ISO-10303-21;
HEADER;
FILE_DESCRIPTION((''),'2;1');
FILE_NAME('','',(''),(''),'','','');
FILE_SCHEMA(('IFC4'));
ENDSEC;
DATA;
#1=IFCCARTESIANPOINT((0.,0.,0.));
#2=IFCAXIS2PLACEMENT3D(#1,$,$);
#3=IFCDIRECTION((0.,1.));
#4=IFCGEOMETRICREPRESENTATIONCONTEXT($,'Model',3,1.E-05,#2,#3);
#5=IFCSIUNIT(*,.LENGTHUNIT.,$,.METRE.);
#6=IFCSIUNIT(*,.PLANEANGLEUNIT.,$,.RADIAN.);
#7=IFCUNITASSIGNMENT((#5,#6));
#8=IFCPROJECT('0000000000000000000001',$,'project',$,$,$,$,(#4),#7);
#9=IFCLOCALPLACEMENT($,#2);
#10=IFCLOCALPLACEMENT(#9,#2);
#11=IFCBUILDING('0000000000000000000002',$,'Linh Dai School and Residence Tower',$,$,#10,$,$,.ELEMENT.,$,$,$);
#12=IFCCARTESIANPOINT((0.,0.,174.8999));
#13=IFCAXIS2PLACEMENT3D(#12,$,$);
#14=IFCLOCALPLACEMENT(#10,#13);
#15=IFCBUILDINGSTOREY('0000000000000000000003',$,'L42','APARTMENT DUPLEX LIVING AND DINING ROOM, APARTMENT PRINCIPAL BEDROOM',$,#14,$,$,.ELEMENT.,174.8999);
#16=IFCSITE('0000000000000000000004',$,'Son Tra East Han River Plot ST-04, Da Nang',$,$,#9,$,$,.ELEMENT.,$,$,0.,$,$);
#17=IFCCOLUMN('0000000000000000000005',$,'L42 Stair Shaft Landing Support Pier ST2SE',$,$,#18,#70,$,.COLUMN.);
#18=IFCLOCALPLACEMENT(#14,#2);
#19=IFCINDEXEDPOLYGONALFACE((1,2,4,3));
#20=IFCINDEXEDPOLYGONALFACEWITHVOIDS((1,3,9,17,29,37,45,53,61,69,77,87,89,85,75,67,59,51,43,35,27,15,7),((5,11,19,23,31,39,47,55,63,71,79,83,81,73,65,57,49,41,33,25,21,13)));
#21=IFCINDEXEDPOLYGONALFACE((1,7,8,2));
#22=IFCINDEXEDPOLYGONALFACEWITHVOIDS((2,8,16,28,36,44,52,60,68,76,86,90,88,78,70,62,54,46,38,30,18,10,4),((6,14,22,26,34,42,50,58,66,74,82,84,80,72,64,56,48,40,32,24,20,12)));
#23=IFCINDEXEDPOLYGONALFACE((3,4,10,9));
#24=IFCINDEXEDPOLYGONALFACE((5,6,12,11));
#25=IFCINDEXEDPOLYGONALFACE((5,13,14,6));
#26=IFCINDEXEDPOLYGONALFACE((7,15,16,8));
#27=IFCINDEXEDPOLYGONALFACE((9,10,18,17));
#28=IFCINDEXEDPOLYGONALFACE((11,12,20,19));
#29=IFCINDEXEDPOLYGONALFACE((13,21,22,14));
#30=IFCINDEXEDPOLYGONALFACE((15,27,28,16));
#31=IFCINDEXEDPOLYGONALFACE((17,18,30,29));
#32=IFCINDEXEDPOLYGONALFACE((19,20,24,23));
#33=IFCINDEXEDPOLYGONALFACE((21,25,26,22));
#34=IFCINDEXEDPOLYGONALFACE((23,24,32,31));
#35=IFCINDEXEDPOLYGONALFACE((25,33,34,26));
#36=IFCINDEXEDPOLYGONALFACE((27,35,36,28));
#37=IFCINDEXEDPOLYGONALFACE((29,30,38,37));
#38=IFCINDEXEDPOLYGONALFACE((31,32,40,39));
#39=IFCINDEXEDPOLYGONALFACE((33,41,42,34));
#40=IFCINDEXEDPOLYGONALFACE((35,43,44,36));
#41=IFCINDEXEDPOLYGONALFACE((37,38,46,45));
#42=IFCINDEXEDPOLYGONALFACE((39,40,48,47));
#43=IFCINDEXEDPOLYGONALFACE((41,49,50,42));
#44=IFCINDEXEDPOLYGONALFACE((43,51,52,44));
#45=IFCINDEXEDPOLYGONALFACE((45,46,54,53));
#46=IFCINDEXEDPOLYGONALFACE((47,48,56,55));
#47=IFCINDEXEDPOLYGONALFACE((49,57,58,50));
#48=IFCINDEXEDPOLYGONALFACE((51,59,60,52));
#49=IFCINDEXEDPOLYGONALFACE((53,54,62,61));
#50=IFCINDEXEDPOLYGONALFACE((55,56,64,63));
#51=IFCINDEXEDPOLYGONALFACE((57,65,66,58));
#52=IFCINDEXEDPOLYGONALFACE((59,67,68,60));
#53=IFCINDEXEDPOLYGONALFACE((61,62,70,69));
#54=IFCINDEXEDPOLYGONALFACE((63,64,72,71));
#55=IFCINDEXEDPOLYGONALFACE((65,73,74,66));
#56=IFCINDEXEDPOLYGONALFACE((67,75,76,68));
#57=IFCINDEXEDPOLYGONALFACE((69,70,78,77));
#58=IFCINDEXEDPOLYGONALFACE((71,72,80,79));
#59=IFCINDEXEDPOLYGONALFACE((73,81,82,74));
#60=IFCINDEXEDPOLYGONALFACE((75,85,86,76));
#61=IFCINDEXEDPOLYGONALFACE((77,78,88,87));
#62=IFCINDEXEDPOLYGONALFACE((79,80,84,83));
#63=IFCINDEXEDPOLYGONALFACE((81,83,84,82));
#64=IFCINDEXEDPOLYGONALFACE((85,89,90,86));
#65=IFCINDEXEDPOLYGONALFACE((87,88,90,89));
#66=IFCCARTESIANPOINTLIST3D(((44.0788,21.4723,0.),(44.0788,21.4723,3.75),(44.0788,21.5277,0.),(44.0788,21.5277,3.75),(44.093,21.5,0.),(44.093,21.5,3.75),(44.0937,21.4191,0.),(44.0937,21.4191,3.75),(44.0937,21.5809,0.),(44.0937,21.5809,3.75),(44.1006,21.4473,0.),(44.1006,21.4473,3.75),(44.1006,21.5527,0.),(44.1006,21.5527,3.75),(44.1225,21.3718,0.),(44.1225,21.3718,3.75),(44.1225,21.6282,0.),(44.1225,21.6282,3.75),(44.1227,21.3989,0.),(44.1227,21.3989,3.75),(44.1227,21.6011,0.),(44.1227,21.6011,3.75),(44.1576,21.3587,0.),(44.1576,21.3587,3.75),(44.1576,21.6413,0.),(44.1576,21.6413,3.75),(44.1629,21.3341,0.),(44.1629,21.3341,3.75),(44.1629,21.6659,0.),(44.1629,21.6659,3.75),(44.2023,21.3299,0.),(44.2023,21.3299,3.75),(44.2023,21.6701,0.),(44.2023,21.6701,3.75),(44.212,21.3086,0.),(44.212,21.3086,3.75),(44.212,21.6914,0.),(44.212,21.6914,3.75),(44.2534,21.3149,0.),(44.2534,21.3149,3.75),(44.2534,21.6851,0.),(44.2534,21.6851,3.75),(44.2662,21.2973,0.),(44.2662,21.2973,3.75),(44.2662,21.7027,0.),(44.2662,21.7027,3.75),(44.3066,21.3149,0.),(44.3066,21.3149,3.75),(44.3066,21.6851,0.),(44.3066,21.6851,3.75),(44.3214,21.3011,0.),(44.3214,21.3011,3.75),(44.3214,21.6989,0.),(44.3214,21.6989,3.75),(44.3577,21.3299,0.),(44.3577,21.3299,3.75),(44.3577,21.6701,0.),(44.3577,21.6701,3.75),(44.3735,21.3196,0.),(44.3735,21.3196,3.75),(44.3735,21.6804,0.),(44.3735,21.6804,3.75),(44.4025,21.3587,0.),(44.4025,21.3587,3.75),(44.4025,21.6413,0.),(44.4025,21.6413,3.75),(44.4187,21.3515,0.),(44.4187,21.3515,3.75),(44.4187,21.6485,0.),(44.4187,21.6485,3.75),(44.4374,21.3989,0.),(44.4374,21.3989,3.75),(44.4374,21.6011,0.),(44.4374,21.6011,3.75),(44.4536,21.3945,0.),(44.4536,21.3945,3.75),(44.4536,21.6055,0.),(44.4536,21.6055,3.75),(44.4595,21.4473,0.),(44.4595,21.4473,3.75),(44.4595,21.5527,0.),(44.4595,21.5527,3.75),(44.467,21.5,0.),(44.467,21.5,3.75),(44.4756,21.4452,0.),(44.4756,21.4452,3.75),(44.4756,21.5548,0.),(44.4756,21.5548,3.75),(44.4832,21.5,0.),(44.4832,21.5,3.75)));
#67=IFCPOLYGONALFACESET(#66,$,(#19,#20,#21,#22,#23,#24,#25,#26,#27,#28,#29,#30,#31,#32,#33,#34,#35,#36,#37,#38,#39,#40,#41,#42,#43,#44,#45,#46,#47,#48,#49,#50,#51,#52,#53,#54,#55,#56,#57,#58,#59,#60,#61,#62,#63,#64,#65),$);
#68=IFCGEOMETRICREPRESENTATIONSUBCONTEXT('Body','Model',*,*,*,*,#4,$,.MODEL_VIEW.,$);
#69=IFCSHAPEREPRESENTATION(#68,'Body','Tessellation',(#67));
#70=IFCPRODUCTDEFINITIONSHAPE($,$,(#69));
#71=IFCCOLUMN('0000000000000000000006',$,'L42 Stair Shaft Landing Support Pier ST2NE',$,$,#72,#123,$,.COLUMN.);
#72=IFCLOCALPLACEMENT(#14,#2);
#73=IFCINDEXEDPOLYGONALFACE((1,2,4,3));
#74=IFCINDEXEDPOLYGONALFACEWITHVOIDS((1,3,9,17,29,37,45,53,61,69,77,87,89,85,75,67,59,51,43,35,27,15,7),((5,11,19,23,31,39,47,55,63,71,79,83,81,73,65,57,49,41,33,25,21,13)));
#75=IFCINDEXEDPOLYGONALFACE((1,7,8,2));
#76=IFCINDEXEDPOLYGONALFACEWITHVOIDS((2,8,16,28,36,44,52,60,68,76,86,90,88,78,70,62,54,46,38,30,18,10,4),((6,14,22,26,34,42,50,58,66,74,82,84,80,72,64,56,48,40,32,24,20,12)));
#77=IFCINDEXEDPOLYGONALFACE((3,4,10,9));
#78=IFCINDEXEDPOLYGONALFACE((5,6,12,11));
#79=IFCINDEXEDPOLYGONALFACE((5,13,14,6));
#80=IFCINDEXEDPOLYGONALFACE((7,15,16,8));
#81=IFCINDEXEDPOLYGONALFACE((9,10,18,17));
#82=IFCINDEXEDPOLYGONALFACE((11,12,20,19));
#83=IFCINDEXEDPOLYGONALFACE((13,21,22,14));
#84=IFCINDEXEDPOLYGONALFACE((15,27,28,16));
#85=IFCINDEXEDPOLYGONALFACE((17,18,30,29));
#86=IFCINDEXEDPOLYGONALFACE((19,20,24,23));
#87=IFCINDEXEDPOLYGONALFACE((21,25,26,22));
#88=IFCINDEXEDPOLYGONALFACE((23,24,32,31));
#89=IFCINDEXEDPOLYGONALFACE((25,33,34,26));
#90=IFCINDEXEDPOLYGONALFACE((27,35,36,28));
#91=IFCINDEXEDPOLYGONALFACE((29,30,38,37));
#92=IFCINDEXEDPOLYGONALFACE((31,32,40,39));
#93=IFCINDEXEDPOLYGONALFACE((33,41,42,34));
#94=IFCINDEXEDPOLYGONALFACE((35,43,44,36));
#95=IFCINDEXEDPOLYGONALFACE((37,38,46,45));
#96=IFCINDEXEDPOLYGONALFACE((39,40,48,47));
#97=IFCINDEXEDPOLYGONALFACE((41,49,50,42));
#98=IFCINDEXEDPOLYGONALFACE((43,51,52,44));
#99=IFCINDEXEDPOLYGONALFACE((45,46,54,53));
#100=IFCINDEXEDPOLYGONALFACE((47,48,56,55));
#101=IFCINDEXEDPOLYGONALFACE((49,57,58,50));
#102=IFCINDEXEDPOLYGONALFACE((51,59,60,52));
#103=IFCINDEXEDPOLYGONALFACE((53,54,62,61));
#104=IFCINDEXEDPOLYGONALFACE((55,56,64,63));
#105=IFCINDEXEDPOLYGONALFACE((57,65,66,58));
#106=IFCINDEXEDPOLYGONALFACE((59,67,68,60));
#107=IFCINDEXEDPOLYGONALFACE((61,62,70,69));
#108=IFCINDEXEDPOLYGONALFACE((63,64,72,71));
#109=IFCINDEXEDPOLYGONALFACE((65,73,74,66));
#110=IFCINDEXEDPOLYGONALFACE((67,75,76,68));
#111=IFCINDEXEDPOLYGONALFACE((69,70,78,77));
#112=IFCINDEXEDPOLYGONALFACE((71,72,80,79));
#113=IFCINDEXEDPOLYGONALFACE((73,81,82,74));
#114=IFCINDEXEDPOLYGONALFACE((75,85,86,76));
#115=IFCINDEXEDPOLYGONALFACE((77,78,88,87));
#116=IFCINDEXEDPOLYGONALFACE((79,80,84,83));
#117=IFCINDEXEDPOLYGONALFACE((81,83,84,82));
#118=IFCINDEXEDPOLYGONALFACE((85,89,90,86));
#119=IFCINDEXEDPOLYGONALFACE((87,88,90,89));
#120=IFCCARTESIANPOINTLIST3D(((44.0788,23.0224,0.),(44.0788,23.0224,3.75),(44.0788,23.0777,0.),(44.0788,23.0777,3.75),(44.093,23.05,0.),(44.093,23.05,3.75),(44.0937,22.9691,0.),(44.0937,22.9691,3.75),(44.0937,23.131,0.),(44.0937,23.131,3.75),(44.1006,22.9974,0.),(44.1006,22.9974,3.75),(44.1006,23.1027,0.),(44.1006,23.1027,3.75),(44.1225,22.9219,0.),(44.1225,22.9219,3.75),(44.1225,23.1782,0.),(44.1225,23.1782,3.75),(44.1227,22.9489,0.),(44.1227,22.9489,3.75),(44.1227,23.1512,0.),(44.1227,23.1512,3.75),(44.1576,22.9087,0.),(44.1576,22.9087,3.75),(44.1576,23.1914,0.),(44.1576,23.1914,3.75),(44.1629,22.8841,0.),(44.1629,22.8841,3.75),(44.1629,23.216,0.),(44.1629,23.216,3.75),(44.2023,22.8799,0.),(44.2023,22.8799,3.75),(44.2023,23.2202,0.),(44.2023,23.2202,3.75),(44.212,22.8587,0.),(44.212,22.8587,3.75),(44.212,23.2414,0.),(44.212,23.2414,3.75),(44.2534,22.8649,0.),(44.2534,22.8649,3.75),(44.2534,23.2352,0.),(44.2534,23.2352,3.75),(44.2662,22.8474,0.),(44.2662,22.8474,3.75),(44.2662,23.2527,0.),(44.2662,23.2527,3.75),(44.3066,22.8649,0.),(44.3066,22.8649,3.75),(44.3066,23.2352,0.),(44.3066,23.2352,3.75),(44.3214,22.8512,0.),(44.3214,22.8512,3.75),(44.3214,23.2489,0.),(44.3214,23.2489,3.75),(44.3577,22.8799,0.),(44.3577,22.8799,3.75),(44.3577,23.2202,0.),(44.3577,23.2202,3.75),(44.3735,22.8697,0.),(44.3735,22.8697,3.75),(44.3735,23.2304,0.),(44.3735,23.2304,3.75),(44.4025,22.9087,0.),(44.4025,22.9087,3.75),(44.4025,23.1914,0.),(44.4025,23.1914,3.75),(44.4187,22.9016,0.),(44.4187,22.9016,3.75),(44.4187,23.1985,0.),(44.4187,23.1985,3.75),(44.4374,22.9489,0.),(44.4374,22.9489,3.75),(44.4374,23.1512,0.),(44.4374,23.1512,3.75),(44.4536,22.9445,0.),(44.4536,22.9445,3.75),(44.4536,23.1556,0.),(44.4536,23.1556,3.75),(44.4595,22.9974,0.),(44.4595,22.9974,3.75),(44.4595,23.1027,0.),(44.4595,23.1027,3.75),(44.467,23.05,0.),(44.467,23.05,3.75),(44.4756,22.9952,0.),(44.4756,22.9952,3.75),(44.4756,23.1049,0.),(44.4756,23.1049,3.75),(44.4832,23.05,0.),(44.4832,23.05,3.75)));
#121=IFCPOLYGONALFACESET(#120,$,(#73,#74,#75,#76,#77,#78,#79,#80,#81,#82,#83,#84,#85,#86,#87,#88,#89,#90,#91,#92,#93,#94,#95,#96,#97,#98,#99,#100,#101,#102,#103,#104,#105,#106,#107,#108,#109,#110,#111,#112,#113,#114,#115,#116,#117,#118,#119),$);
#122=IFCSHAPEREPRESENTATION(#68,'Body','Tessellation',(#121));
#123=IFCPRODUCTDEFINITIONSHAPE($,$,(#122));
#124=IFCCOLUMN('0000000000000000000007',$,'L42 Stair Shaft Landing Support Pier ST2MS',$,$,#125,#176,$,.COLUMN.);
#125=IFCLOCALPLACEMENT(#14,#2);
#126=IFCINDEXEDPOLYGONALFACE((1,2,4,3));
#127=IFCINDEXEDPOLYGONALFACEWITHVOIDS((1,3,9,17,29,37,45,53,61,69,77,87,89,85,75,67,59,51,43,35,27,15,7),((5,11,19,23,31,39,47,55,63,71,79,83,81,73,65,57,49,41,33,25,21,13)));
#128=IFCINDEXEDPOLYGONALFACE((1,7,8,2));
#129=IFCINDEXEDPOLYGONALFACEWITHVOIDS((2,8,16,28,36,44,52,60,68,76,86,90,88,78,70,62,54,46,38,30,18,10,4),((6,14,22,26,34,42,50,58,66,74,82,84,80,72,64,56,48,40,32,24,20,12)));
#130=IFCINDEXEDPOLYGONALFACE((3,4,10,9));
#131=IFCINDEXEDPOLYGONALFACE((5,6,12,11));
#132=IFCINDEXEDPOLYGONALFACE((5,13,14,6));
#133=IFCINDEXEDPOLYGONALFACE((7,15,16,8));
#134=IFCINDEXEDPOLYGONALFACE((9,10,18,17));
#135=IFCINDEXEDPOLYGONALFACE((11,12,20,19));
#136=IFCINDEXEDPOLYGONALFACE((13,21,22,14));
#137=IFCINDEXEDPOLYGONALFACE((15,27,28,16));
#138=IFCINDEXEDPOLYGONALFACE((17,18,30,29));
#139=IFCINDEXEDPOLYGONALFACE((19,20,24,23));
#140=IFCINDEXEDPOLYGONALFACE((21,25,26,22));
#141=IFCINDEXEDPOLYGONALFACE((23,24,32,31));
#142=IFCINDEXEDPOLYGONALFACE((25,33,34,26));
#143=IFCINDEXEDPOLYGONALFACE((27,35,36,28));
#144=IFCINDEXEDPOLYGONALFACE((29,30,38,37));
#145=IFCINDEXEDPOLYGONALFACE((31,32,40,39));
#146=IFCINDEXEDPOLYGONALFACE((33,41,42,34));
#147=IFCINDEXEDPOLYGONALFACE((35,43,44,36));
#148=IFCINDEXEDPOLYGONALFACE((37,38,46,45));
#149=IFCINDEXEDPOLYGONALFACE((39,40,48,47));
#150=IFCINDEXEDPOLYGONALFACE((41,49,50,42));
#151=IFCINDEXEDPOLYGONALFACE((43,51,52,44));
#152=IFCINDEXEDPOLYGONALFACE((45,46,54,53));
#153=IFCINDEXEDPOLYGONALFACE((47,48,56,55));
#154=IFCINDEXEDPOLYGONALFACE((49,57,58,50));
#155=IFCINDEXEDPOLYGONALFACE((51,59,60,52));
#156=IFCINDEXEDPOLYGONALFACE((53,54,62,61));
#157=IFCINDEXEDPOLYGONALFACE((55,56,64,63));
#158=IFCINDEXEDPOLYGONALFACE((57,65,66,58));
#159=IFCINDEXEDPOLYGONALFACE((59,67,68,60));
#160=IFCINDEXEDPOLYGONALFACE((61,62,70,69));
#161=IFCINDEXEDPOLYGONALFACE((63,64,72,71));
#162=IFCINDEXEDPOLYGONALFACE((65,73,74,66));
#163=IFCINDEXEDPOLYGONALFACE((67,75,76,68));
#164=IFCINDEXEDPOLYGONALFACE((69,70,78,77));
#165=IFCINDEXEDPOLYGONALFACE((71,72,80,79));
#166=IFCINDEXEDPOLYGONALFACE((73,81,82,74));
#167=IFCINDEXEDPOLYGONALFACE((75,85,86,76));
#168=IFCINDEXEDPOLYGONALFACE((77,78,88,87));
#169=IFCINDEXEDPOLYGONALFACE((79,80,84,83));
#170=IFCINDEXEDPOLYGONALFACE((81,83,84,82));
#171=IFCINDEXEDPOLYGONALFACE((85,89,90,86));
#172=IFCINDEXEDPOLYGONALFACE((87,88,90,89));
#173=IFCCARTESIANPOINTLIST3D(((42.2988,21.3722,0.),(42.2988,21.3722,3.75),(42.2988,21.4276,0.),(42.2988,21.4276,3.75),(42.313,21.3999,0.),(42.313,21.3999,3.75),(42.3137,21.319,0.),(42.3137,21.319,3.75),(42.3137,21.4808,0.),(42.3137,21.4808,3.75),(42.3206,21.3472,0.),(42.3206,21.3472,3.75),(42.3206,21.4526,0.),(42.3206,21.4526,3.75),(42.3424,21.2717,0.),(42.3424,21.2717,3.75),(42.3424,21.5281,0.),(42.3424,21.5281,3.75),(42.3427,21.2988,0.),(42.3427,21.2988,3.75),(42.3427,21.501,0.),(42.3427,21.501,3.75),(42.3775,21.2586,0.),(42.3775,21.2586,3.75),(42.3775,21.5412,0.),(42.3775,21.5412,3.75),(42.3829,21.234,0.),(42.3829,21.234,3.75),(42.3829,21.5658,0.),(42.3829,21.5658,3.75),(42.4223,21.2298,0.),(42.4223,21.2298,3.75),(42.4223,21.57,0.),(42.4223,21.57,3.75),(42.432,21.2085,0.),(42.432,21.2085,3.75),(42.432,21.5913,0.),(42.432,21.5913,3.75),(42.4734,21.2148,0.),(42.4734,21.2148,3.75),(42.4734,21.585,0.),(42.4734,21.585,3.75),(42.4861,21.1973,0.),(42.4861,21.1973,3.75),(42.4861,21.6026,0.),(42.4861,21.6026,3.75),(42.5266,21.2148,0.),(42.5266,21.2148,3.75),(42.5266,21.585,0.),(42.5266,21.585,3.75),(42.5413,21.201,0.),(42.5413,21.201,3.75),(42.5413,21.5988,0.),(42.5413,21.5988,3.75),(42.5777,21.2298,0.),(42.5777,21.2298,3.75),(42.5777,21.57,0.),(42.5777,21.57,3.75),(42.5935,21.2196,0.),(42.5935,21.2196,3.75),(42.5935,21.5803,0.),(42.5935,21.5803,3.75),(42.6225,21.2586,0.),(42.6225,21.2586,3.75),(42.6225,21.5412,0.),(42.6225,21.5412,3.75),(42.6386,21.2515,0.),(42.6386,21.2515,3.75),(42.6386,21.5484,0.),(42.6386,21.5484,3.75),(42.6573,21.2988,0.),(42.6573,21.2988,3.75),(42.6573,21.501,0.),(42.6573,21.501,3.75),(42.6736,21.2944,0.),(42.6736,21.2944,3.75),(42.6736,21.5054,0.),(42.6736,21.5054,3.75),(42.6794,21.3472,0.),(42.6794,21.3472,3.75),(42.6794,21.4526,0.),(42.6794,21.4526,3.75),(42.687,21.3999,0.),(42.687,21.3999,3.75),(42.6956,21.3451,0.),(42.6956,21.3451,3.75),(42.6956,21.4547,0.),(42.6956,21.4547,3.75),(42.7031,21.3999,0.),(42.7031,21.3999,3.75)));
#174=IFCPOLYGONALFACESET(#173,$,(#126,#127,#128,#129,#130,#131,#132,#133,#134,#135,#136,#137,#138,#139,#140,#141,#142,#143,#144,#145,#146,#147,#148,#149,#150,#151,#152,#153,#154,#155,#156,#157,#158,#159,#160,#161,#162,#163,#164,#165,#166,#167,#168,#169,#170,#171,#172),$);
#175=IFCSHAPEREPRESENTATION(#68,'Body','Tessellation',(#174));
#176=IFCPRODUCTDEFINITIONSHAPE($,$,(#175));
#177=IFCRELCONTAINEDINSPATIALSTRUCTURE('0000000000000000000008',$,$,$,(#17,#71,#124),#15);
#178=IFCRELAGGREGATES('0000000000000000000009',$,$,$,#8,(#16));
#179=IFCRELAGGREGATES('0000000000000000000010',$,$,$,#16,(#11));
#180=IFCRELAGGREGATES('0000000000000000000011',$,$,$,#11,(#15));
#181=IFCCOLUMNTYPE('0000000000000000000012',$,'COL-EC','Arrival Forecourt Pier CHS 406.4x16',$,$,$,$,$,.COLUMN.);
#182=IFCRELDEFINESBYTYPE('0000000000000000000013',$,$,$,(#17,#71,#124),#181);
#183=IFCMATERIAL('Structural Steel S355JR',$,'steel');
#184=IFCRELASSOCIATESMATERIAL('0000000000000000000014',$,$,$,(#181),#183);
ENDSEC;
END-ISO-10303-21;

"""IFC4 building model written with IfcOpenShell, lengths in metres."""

from ifc_helpers import new_model, si_unit, direction, frame, origin, origin_2d, place, context, subcontext, project, spatial, hollow_circle, extrude, material, material_profile, profile_set, type_object, element, save


model = new_model("IFC4")

# Units and contexts
model_context = context("Model", 3, precision=1e-05, world=origin(), true_north=direction((0.0, 1.0)))
body_context = subcontext(model_context, "Body", "Model", "MODEL_VIEW")
ifc_project = project(units=[si_unit("LENGTHUNIT", "METRE"), si_unit("PLANEANGLEUNIT", "RADIAN")], contexts=[model_context])

# Site, building, storey
site_placement = place(None, origin())
site = spatial("IfcSite", under=ifc_project, at=site_placement, Name="Son Tra East Han River Plot ST-04, Da Nang", CompositionType="ELEMENT", RefElevation=0.0)
building_placement = place(site_placement, origin())
building = spatial("IfcBuilding", under=site, at=building_placement, Name="Linh Dai School and Residence Tower", CompositionType="ELEMENT")
storey_placement = place(building_placement, frame((0.0, 0.0, 174.8999)))
storey = spatial("IfcBuildingStorey", under=building, at=storey_placement, Name="L42", Description="APARTMENT DUPLEX LIVING AND DINING ROOM, APARTMENT PRINCIPAL BEDROOM", CompositionType="ELEMENT", Elevation=174.8999)

# Columns
ifc_material_1 = material(Name="Structural Steel S355JR", Category="steel")
ifc_material_profile_1 = material_profile(ifc_material_1, hollow_circle(Radius=0.2031, WallThickness=0.0161, at=origin_2d()), Name="CHS 406.4x16")
ifc_profile_set_1 = profile_set([ifc_material_profile_1], Name="Structural Steel S355JR")
column_type_1 = type_object("IfcColumnType", Name="COL-EC", Description="Arrival Forecourt Pier CHS 406.4x16", PredefinedType="COLUMN", material=ifc_profile_set_1)
for number, where, z_axis, x_axis, name in (
    (1, (44.28, 21.5, 0.0), (0.0, 0.0, 1.0), (1.0, 0.0, 0.0), "L42 Stair Shaft Landing Support Pier ST2SE"),
    (2, (44.28, 23.05, 0.0), (0.0, 0.0, 1.0), (1.0, 0.0, 0.0), "L42 Stair Shaft Landing Support Pier ST2NE"),
    (3, (42.5, 21.3999, 0.0), (0.0, 0.0, 1.0), (1.0, 0.0, 0.0), "L42 Stair Shaft Landing Support Pier ST2MS"),
):
    element("IfcColumn", number, at=place(storey_placement, frame(where, z_axis=z_axis, x_axis=x_axis)), inside=storey, type_object=column_type_1, Name=name, PredefinedType="COLUMN", context=body_context, shape_type="SweptSolid", body=[
        extrude(hollow_circle(Radius=0.2031, WallThickness=0.0161, at=origin_2d()), origin(), (0.0, 0.0, 1.0), 3.75),
    ])

save(model, "model.ifc")
